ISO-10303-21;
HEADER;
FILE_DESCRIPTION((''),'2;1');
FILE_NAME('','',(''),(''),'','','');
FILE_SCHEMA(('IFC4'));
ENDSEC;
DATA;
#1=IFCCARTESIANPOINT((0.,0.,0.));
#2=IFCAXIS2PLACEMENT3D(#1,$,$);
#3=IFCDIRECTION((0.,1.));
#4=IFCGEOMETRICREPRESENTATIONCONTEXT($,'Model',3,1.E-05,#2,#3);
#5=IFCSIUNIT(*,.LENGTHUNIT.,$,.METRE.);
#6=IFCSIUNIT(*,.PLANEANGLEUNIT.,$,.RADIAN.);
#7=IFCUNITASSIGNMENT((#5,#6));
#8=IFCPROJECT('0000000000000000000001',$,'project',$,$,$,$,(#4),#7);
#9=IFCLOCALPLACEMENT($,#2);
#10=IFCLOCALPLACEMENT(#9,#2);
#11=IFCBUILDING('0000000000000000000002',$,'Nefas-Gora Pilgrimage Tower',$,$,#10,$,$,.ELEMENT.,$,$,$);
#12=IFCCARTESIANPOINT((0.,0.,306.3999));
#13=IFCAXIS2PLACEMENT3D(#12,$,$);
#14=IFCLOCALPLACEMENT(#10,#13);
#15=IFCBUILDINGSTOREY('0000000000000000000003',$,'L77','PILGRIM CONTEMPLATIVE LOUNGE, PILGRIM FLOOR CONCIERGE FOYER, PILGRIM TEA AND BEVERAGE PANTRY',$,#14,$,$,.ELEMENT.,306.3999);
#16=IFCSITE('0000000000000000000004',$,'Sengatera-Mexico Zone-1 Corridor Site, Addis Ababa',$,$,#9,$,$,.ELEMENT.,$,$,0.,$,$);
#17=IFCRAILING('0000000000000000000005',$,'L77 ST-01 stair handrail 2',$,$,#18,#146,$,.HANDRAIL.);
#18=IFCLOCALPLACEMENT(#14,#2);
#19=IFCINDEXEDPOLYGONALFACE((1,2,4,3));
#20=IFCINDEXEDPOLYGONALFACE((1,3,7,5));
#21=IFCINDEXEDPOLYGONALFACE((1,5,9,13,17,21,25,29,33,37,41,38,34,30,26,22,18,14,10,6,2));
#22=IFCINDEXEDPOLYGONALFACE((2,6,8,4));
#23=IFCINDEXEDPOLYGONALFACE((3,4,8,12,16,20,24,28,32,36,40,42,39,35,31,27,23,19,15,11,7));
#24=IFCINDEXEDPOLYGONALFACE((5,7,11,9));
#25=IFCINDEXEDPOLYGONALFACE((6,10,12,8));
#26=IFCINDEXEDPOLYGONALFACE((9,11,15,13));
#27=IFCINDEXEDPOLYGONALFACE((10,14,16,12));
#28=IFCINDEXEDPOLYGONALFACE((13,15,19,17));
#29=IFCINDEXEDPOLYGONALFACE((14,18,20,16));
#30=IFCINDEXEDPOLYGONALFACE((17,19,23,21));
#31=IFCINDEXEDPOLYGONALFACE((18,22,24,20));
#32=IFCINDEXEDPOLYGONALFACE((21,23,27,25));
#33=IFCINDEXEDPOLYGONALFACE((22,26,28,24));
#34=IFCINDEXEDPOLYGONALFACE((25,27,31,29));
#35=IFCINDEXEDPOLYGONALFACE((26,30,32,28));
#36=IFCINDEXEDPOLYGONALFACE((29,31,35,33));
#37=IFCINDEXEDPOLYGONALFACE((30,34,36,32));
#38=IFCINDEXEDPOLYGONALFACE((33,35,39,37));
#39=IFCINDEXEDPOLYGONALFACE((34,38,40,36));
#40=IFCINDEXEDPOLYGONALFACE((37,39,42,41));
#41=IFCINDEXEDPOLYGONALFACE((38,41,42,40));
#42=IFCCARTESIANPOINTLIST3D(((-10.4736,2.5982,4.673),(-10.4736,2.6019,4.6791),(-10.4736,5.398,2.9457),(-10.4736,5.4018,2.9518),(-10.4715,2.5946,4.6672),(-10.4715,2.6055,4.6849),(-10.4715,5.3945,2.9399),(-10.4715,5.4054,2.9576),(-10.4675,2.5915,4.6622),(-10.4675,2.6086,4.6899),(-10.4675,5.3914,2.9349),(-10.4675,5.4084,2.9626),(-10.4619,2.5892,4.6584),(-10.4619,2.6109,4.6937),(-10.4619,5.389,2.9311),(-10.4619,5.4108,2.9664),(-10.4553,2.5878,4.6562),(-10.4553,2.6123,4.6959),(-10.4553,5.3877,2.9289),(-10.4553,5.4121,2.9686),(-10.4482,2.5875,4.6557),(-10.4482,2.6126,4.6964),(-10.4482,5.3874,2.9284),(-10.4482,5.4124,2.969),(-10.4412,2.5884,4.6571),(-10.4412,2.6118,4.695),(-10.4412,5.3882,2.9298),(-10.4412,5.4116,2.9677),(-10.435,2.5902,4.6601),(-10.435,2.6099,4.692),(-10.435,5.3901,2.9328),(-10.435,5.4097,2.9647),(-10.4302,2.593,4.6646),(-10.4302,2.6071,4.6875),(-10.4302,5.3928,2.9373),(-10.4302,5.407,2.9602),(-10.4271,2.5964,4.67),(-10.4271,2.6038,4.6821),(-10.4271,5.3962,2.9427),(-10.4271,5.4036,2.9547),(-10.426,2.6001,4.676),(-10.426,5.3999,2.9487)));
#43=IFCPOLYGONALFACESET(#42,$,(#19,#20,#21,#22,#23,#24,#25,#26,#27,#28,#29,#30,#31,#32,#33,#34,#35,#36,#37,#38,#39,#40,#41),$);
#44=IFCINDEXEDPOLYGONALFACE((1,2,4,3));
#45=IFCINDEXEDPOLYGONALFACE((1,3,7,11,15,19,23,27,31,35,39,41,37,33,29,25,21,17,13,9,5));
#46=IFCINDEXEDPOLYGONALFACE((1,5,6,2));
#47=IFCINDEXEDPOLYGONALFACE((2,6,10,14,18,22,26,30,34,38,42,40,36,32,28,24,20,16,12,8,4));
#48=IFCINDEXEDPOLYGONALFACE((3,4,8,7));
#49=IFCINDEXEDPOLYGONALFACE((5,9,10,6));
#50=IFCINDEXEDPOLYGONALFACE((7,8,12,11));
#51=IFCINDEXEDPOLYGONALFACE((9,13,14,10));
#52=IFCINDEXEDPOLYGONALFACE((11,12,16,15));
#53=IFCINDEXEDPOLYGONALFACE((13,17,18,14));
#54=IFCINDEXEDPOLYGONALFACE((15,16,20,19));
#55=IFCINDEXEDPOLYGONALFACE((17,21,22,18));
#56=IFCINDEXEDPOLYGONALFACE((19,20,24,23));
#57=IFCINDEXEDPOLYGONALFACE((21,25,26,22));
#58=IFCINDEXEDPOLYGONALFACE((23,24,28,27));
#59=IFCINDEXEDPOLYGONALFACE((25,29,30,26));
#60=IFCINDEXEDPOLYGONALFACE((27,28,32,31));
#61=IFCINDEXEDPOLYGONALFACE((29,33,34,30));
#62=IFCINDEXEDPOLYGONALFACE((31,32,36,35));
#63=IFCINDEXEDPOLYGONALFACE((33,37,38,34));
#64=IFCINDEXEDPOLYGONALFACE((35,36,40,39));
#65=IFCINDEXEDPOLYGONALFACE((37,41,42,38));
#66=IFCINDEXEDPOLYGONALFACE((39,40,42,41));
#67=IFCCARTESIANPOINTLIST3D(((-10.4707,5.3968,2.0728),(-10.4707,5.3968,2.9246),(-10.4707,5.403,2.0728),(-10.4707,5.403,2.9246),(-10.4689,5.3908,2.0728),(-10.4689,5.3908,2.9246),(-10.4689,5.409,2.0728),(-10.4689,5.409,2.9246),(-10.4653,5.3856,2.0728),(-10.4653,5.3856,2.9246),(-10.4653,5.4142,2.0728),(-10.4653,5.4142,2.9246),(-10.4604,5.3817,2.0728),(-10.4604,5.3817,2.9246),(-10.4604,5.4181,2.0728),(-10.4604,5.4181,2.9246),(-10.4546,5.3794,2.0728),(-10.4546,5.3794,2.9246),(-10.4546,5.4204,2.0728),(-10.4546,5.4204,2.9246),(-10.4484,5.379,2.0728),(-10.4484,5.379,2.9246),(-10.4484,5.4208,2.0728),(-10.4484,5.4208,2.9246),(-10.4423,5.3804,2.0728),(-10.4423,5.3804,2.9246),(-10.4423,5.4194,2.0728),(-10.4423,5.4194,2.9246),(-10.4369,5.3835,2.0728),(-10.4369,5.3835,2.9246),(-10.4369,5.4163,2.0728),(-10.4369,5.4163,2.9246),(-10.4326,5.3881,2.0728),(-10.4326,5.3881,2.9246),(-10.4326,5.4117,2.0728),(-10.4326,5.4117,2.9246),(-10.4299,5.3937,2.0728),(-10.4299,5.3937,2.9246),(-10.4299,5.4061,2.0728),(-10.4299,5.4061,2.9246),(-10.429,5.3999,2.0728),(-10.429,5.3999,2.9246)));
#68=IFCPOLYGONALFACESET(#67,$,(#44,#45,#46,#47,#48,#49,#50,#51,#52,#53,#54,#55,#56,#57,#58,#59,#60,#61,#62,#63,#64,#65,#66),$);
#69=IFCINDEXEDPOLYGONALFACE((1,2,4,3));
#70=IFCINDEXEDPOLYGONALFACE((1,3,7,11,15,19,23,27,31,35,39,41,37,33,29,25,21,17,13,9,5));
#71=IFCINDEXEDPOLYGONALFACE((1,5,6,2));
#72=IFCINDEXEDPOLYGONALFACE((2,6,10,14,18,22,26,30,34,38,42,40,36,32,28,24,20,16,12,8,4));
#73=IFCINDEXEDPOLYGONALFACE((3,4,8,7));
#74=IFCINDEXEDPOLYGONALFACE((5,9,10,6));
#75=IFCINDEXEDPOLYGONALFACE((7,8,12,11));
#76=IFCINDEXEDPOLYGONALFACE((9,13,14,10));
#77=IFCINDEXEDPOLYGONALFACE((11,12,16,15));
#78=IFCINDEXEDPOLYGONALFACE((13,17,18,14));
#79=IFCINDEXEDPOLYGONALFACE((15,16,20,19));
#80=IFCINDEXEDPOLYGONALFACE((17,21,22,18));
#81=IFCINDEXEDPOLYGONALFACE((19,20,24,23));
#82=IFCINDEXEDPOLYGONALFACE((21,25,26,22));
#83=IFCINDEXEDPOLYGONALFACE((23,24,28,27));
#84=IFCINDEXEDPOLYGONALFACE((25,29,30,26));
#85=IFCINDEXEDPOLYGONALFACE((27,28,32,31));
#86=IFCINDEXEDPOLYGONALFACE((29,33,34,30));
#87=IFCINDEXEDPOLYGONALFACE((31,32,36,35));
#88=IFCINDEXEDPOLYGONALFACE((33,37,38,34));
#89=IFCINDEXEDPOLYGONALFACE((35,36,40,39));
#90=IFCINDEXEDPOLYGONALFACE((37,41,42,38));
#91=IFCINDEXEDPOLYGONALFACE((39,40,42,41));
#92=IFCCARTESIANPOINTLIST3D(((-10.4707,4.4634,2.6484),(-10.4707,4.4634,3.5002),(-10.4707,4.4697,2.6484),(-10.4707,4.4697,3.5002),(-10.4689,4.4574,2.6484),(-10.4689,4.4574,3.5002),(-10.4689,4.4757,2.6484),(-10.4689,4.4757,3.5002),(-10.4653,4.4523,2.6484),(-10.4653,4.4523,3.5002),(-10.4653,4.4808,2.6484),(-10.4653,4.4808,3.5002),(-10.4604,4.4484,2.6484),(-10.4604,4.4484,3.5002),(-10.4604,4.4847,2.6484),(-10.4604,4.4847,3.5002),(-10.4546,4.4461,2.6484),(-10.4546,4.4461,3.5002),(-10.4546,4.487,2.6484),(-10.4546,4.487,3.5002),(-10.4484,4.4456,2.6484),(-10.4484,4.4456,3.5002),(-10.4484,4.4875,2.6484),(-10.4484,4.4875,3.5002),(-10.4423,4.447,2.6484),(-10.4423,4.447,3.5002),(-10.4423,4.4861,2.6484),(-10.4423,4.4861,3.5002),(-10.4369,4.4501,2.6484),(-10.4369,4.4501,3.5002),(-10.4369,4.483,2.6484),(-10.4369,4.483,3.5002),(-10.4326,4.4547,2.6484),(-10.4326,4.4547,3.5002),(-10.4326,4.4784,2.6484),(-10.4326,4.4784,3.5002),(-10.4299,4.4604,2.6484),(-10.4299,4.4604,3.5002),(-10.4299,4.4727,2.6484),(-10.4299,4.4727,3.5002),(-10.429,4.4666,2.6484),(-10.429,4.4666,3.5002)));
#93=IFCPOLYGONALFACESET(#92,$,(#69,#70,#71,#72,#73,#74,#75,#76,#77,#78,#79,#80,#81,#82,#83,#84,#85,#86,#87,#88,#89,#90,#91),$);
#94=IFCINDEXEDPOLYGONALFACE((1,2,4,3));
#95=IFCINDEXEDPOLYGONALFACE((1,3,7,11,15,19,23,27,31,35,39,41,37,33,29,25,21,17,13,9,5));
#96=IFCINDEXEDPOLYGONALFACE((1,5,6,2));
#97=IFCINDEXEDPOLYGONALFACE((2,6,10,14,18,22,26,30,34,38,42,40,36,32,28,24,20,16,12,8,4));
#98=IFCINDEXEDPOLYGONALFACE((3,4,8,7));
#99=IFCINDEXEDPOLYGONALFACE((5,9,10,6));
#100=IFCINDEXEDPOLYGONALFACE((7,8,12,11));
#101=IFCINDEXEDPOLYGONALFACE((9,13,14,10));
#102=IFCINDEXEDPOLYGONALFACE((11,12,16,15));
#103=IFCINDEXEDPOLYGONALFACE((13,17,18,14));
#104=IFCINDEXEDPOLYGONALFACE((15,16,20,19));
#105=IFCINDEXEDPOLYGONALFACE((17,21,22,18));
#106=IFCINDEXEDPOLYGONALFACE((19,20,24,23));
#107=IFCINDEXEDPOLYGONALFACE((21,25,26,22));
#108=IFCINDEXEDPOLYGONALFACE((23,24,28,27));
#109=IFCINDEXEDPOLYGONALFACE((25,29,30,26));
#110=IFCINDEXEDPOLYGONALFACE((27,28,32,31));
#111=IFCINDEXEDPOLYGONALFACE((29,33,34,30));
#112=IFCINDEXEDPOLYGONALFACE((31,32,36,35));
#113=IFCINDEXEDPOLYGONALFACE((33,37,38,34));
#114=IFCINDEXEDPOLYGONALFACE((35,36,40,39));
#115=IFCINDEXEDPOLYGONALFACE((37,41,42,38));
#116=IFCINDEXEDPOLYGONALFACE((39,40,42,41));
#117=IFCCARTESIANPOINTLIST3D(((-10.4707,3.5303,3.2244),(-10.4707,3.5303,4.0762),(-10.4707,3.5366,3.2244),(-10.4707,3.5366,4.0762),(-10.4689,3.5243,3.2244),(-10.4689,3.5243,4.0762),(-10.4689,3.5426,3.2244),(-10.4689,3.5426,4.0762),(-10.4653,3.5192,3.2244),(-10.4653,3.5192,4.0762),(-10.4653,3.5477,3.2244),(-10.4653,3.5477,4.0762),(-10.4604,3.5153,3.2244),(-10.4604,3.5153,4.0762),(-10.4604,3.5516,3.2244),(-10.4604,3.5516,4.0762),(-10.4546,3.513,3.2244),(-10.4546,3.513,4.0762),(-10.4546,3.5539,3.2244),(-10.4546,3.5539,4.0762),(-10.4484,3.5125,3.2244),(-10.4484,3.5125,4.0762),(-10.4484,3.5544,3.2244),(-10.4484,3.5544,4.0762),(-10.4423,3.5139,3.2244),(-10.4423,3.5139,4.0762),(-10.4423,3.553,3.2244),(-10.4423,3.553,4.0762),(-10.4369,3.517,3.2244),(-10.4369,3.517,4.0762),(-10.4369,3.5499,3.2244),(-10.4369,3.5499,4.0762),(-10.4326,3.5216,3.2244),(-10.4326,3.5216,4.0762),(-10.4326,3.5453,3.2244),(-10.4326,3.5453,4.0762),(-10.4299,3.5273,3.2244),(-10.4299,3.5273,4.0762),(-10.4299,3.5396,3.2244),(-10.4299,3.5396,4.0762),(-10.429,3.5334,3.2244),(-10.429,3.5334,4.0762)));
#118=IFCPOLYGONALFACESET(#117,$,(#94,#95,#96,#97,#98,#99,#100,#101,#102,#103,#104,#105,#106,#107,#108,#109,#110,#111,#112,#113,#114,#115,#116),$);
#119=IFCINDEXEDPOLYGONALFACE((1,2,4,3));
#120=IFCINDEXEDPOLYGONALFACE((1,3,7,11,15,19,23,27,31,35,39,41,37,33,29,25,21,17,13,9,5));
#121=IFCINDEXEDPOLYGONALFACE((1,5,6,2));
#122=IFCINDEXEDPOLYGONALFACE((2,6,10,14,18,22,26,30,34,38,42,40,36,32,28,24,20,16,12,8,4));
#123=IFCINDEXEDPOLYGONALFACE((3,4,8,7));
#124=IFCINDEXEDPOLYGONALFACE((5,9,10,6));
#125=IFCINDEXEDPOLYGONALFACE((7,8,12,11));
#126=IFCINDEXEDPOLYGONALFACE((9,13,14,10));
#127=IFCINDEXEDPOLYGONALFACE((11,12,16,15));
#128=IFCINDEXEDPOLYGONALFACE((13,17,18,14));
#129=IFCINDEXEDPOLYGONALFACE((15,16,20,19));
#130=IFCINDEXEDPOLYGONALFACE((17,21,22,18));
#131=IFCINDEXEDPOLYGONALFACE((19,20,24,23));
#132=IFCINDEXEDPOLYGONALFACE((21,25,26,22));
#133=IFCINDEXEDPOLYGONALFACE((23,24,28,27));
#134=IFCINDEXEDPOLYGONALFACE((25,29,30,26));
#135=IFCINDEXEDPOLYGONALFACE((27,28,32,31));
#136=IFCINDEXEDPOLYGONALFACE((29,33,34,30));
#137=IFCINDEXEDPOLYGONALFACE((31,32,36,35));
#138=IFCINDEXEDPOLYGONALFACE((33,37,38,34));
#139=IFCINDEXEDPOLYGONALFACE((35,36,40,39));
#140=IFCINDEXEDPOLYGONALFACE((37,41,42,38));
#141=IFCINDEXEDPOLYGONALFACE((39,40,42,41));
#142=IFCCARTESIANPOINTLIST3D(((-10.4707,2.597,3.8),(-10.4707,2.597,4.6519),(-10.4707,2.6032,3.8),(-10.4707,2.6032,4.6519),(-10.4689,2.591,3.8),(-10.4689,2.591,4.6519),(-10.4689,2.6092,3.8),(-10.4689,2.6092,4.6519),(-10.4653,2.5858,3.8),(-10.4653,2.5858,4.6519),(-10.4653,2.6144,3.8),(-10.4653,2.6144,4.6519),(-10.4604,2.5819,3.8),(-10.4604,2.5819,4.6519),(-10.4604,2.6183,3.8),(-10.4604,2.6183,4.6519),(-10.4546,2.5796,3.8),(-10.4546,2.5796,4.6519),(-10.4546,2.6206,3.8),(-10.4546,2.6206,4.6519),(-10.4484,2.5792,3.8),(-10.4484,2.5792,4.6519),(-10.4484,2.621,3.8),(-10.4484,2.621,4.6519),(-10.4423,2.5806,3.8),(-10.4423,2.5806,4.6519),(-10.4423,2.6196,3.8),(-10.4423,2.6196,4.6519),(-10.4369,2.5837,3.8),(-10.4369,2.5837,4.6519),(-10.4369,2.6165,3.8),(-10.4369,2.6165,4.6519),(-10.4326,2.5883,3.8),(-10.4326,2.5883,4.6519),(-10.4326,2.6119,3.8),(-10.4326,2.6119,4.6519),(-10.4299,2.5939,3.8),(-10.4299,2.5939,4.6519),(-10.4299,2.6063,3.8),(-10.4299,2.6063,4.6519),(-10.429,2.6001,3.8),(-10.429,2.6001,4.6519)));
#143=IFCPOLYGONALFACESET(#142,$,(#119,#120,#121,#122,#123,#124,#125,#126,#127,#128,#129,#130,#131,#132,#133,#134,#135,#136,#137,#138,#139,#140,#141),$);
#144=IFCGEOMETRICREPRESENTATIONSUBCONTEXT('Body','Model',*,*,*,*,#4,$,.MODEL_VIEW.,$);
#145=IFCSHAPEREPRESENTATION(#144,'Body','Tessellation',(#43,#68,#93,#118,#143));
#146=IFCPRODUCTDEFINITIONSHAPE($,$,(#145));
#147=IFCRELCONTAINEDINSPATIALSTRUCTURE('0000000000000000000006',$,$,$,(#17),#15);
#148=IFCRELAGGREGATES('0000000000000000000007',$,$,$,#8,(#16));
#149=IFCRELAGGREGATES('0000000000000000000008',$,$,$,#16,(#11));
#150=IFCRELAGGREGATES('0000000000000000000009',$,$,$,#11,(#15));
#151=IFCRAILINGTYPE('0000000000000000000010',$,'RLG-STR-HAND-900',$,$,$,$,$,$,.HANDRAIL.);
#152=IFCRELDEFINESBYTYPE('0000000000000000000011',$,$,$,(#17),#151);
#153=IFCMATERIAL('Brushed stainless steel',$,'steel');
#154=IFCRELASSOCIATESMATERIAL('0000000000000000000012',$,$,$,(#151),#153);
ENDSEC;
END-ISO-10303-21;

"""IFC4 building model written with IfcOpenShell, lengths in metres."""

from ifc_helpers import new_model, si_unit, direction, frame, origin, origin_2d, place, context, subcontext, project, spatial, circle, extrude, material, type_object, element, save


model = new_model("IFC4")

# Units and contexts
model_context = context("Model", 3, precision=1e-05, world=origin(), true_north=direction((0.0, 1.0)))
body_context = subcontext(model_context, "Body", "Model", "MODEL_VIEW")
ifc_project = project(units=[si_unit("LENGTHUNIT", "METRE"), si_unit("PLANEANGLEUNIT", "RADIAN")], contexts=[model_context])

# Site, building, storey
site_placement = place(None, origin())
site = spatial("IfcSite", under=ifc_project, at=site_placement, Name="Sengatera-Mexico Zone-1 Corridor Site, Addis Ababa", CompositionType="ELEMENT", RefElevation=0.0)
building_placement = place(site_placement, origin())
building = spatial("IfcBuilding", under=site, at=building_placement, Name="Nefas-Gora Pilgrimage Tower", CompositionType="ELEMENT")
storey_placement = place(building_placement, frame((0.0, 0.0, 306.3999)))
storey = spatial("IfcBuildingStorey", under=building, at=storey_placement, Name="L77", Description="PILGRIM CONTEMPLATIVE LOUNGE, PILGRIM FLOOR CONCIERGE FOYER, PILGRIM TEA AND BEVERAGE PANTRY", CompositionType="ELEMENT", Elevation=306.3999)

# Railing
ifc_material_1 = material(Name="Brushed stainless steel", Category="steel")
railing_type_1 = type_object("IfcRailingType", Name="RLG-STR-HAND-900", PredefinedType="HANDRAIL", material=ifc_material_1)
railing_1_placement = place(storey_placement, frame((-10.45, 5.3999, 2.0728)))
element("IfcRailing", 1, at=railing_1_placement, inside=storey, type_object=railing_type_1, Name="L77 ST-01 stair handrail 2", PredefinedType="HANDRAIL", context=body_context, shape_type="SweptSolid", body=[
    extrude(circle(Radius=0.0239, at=origin_2d()), frame((0.0, 0.0, 0.876), z_axis=(0.0, -0.851069, 0.525054), x_axis=(1.0, 0.0, 0.0)), (0.0, 0.0, 1.0), 3.2898),
    extrude(circle(Radius=0.021, at=origin_2d()), origin(), (0.0, 0.0, 1.0), 0.8518),
    extrude(circle(Radius=0.021, at=origin_2d()), frame((0.0, -0.9333, 0.5757)), (0.0, 0.0, 1.0), 0.8518),
    extrude(circle(Radius=0.021, at=origin_2d()), frame((0.0, -1.8665, 1.1516)), (0.0, 0.0, 1.0), 0.8518),
    extrude(circle(Radius=0.021, at=origin_2d()), frame((0.0, -2.7998, 1.7273)), (0.0, 0.0, 1.0), 0.8518),
])

save(model, "model.ifc")
